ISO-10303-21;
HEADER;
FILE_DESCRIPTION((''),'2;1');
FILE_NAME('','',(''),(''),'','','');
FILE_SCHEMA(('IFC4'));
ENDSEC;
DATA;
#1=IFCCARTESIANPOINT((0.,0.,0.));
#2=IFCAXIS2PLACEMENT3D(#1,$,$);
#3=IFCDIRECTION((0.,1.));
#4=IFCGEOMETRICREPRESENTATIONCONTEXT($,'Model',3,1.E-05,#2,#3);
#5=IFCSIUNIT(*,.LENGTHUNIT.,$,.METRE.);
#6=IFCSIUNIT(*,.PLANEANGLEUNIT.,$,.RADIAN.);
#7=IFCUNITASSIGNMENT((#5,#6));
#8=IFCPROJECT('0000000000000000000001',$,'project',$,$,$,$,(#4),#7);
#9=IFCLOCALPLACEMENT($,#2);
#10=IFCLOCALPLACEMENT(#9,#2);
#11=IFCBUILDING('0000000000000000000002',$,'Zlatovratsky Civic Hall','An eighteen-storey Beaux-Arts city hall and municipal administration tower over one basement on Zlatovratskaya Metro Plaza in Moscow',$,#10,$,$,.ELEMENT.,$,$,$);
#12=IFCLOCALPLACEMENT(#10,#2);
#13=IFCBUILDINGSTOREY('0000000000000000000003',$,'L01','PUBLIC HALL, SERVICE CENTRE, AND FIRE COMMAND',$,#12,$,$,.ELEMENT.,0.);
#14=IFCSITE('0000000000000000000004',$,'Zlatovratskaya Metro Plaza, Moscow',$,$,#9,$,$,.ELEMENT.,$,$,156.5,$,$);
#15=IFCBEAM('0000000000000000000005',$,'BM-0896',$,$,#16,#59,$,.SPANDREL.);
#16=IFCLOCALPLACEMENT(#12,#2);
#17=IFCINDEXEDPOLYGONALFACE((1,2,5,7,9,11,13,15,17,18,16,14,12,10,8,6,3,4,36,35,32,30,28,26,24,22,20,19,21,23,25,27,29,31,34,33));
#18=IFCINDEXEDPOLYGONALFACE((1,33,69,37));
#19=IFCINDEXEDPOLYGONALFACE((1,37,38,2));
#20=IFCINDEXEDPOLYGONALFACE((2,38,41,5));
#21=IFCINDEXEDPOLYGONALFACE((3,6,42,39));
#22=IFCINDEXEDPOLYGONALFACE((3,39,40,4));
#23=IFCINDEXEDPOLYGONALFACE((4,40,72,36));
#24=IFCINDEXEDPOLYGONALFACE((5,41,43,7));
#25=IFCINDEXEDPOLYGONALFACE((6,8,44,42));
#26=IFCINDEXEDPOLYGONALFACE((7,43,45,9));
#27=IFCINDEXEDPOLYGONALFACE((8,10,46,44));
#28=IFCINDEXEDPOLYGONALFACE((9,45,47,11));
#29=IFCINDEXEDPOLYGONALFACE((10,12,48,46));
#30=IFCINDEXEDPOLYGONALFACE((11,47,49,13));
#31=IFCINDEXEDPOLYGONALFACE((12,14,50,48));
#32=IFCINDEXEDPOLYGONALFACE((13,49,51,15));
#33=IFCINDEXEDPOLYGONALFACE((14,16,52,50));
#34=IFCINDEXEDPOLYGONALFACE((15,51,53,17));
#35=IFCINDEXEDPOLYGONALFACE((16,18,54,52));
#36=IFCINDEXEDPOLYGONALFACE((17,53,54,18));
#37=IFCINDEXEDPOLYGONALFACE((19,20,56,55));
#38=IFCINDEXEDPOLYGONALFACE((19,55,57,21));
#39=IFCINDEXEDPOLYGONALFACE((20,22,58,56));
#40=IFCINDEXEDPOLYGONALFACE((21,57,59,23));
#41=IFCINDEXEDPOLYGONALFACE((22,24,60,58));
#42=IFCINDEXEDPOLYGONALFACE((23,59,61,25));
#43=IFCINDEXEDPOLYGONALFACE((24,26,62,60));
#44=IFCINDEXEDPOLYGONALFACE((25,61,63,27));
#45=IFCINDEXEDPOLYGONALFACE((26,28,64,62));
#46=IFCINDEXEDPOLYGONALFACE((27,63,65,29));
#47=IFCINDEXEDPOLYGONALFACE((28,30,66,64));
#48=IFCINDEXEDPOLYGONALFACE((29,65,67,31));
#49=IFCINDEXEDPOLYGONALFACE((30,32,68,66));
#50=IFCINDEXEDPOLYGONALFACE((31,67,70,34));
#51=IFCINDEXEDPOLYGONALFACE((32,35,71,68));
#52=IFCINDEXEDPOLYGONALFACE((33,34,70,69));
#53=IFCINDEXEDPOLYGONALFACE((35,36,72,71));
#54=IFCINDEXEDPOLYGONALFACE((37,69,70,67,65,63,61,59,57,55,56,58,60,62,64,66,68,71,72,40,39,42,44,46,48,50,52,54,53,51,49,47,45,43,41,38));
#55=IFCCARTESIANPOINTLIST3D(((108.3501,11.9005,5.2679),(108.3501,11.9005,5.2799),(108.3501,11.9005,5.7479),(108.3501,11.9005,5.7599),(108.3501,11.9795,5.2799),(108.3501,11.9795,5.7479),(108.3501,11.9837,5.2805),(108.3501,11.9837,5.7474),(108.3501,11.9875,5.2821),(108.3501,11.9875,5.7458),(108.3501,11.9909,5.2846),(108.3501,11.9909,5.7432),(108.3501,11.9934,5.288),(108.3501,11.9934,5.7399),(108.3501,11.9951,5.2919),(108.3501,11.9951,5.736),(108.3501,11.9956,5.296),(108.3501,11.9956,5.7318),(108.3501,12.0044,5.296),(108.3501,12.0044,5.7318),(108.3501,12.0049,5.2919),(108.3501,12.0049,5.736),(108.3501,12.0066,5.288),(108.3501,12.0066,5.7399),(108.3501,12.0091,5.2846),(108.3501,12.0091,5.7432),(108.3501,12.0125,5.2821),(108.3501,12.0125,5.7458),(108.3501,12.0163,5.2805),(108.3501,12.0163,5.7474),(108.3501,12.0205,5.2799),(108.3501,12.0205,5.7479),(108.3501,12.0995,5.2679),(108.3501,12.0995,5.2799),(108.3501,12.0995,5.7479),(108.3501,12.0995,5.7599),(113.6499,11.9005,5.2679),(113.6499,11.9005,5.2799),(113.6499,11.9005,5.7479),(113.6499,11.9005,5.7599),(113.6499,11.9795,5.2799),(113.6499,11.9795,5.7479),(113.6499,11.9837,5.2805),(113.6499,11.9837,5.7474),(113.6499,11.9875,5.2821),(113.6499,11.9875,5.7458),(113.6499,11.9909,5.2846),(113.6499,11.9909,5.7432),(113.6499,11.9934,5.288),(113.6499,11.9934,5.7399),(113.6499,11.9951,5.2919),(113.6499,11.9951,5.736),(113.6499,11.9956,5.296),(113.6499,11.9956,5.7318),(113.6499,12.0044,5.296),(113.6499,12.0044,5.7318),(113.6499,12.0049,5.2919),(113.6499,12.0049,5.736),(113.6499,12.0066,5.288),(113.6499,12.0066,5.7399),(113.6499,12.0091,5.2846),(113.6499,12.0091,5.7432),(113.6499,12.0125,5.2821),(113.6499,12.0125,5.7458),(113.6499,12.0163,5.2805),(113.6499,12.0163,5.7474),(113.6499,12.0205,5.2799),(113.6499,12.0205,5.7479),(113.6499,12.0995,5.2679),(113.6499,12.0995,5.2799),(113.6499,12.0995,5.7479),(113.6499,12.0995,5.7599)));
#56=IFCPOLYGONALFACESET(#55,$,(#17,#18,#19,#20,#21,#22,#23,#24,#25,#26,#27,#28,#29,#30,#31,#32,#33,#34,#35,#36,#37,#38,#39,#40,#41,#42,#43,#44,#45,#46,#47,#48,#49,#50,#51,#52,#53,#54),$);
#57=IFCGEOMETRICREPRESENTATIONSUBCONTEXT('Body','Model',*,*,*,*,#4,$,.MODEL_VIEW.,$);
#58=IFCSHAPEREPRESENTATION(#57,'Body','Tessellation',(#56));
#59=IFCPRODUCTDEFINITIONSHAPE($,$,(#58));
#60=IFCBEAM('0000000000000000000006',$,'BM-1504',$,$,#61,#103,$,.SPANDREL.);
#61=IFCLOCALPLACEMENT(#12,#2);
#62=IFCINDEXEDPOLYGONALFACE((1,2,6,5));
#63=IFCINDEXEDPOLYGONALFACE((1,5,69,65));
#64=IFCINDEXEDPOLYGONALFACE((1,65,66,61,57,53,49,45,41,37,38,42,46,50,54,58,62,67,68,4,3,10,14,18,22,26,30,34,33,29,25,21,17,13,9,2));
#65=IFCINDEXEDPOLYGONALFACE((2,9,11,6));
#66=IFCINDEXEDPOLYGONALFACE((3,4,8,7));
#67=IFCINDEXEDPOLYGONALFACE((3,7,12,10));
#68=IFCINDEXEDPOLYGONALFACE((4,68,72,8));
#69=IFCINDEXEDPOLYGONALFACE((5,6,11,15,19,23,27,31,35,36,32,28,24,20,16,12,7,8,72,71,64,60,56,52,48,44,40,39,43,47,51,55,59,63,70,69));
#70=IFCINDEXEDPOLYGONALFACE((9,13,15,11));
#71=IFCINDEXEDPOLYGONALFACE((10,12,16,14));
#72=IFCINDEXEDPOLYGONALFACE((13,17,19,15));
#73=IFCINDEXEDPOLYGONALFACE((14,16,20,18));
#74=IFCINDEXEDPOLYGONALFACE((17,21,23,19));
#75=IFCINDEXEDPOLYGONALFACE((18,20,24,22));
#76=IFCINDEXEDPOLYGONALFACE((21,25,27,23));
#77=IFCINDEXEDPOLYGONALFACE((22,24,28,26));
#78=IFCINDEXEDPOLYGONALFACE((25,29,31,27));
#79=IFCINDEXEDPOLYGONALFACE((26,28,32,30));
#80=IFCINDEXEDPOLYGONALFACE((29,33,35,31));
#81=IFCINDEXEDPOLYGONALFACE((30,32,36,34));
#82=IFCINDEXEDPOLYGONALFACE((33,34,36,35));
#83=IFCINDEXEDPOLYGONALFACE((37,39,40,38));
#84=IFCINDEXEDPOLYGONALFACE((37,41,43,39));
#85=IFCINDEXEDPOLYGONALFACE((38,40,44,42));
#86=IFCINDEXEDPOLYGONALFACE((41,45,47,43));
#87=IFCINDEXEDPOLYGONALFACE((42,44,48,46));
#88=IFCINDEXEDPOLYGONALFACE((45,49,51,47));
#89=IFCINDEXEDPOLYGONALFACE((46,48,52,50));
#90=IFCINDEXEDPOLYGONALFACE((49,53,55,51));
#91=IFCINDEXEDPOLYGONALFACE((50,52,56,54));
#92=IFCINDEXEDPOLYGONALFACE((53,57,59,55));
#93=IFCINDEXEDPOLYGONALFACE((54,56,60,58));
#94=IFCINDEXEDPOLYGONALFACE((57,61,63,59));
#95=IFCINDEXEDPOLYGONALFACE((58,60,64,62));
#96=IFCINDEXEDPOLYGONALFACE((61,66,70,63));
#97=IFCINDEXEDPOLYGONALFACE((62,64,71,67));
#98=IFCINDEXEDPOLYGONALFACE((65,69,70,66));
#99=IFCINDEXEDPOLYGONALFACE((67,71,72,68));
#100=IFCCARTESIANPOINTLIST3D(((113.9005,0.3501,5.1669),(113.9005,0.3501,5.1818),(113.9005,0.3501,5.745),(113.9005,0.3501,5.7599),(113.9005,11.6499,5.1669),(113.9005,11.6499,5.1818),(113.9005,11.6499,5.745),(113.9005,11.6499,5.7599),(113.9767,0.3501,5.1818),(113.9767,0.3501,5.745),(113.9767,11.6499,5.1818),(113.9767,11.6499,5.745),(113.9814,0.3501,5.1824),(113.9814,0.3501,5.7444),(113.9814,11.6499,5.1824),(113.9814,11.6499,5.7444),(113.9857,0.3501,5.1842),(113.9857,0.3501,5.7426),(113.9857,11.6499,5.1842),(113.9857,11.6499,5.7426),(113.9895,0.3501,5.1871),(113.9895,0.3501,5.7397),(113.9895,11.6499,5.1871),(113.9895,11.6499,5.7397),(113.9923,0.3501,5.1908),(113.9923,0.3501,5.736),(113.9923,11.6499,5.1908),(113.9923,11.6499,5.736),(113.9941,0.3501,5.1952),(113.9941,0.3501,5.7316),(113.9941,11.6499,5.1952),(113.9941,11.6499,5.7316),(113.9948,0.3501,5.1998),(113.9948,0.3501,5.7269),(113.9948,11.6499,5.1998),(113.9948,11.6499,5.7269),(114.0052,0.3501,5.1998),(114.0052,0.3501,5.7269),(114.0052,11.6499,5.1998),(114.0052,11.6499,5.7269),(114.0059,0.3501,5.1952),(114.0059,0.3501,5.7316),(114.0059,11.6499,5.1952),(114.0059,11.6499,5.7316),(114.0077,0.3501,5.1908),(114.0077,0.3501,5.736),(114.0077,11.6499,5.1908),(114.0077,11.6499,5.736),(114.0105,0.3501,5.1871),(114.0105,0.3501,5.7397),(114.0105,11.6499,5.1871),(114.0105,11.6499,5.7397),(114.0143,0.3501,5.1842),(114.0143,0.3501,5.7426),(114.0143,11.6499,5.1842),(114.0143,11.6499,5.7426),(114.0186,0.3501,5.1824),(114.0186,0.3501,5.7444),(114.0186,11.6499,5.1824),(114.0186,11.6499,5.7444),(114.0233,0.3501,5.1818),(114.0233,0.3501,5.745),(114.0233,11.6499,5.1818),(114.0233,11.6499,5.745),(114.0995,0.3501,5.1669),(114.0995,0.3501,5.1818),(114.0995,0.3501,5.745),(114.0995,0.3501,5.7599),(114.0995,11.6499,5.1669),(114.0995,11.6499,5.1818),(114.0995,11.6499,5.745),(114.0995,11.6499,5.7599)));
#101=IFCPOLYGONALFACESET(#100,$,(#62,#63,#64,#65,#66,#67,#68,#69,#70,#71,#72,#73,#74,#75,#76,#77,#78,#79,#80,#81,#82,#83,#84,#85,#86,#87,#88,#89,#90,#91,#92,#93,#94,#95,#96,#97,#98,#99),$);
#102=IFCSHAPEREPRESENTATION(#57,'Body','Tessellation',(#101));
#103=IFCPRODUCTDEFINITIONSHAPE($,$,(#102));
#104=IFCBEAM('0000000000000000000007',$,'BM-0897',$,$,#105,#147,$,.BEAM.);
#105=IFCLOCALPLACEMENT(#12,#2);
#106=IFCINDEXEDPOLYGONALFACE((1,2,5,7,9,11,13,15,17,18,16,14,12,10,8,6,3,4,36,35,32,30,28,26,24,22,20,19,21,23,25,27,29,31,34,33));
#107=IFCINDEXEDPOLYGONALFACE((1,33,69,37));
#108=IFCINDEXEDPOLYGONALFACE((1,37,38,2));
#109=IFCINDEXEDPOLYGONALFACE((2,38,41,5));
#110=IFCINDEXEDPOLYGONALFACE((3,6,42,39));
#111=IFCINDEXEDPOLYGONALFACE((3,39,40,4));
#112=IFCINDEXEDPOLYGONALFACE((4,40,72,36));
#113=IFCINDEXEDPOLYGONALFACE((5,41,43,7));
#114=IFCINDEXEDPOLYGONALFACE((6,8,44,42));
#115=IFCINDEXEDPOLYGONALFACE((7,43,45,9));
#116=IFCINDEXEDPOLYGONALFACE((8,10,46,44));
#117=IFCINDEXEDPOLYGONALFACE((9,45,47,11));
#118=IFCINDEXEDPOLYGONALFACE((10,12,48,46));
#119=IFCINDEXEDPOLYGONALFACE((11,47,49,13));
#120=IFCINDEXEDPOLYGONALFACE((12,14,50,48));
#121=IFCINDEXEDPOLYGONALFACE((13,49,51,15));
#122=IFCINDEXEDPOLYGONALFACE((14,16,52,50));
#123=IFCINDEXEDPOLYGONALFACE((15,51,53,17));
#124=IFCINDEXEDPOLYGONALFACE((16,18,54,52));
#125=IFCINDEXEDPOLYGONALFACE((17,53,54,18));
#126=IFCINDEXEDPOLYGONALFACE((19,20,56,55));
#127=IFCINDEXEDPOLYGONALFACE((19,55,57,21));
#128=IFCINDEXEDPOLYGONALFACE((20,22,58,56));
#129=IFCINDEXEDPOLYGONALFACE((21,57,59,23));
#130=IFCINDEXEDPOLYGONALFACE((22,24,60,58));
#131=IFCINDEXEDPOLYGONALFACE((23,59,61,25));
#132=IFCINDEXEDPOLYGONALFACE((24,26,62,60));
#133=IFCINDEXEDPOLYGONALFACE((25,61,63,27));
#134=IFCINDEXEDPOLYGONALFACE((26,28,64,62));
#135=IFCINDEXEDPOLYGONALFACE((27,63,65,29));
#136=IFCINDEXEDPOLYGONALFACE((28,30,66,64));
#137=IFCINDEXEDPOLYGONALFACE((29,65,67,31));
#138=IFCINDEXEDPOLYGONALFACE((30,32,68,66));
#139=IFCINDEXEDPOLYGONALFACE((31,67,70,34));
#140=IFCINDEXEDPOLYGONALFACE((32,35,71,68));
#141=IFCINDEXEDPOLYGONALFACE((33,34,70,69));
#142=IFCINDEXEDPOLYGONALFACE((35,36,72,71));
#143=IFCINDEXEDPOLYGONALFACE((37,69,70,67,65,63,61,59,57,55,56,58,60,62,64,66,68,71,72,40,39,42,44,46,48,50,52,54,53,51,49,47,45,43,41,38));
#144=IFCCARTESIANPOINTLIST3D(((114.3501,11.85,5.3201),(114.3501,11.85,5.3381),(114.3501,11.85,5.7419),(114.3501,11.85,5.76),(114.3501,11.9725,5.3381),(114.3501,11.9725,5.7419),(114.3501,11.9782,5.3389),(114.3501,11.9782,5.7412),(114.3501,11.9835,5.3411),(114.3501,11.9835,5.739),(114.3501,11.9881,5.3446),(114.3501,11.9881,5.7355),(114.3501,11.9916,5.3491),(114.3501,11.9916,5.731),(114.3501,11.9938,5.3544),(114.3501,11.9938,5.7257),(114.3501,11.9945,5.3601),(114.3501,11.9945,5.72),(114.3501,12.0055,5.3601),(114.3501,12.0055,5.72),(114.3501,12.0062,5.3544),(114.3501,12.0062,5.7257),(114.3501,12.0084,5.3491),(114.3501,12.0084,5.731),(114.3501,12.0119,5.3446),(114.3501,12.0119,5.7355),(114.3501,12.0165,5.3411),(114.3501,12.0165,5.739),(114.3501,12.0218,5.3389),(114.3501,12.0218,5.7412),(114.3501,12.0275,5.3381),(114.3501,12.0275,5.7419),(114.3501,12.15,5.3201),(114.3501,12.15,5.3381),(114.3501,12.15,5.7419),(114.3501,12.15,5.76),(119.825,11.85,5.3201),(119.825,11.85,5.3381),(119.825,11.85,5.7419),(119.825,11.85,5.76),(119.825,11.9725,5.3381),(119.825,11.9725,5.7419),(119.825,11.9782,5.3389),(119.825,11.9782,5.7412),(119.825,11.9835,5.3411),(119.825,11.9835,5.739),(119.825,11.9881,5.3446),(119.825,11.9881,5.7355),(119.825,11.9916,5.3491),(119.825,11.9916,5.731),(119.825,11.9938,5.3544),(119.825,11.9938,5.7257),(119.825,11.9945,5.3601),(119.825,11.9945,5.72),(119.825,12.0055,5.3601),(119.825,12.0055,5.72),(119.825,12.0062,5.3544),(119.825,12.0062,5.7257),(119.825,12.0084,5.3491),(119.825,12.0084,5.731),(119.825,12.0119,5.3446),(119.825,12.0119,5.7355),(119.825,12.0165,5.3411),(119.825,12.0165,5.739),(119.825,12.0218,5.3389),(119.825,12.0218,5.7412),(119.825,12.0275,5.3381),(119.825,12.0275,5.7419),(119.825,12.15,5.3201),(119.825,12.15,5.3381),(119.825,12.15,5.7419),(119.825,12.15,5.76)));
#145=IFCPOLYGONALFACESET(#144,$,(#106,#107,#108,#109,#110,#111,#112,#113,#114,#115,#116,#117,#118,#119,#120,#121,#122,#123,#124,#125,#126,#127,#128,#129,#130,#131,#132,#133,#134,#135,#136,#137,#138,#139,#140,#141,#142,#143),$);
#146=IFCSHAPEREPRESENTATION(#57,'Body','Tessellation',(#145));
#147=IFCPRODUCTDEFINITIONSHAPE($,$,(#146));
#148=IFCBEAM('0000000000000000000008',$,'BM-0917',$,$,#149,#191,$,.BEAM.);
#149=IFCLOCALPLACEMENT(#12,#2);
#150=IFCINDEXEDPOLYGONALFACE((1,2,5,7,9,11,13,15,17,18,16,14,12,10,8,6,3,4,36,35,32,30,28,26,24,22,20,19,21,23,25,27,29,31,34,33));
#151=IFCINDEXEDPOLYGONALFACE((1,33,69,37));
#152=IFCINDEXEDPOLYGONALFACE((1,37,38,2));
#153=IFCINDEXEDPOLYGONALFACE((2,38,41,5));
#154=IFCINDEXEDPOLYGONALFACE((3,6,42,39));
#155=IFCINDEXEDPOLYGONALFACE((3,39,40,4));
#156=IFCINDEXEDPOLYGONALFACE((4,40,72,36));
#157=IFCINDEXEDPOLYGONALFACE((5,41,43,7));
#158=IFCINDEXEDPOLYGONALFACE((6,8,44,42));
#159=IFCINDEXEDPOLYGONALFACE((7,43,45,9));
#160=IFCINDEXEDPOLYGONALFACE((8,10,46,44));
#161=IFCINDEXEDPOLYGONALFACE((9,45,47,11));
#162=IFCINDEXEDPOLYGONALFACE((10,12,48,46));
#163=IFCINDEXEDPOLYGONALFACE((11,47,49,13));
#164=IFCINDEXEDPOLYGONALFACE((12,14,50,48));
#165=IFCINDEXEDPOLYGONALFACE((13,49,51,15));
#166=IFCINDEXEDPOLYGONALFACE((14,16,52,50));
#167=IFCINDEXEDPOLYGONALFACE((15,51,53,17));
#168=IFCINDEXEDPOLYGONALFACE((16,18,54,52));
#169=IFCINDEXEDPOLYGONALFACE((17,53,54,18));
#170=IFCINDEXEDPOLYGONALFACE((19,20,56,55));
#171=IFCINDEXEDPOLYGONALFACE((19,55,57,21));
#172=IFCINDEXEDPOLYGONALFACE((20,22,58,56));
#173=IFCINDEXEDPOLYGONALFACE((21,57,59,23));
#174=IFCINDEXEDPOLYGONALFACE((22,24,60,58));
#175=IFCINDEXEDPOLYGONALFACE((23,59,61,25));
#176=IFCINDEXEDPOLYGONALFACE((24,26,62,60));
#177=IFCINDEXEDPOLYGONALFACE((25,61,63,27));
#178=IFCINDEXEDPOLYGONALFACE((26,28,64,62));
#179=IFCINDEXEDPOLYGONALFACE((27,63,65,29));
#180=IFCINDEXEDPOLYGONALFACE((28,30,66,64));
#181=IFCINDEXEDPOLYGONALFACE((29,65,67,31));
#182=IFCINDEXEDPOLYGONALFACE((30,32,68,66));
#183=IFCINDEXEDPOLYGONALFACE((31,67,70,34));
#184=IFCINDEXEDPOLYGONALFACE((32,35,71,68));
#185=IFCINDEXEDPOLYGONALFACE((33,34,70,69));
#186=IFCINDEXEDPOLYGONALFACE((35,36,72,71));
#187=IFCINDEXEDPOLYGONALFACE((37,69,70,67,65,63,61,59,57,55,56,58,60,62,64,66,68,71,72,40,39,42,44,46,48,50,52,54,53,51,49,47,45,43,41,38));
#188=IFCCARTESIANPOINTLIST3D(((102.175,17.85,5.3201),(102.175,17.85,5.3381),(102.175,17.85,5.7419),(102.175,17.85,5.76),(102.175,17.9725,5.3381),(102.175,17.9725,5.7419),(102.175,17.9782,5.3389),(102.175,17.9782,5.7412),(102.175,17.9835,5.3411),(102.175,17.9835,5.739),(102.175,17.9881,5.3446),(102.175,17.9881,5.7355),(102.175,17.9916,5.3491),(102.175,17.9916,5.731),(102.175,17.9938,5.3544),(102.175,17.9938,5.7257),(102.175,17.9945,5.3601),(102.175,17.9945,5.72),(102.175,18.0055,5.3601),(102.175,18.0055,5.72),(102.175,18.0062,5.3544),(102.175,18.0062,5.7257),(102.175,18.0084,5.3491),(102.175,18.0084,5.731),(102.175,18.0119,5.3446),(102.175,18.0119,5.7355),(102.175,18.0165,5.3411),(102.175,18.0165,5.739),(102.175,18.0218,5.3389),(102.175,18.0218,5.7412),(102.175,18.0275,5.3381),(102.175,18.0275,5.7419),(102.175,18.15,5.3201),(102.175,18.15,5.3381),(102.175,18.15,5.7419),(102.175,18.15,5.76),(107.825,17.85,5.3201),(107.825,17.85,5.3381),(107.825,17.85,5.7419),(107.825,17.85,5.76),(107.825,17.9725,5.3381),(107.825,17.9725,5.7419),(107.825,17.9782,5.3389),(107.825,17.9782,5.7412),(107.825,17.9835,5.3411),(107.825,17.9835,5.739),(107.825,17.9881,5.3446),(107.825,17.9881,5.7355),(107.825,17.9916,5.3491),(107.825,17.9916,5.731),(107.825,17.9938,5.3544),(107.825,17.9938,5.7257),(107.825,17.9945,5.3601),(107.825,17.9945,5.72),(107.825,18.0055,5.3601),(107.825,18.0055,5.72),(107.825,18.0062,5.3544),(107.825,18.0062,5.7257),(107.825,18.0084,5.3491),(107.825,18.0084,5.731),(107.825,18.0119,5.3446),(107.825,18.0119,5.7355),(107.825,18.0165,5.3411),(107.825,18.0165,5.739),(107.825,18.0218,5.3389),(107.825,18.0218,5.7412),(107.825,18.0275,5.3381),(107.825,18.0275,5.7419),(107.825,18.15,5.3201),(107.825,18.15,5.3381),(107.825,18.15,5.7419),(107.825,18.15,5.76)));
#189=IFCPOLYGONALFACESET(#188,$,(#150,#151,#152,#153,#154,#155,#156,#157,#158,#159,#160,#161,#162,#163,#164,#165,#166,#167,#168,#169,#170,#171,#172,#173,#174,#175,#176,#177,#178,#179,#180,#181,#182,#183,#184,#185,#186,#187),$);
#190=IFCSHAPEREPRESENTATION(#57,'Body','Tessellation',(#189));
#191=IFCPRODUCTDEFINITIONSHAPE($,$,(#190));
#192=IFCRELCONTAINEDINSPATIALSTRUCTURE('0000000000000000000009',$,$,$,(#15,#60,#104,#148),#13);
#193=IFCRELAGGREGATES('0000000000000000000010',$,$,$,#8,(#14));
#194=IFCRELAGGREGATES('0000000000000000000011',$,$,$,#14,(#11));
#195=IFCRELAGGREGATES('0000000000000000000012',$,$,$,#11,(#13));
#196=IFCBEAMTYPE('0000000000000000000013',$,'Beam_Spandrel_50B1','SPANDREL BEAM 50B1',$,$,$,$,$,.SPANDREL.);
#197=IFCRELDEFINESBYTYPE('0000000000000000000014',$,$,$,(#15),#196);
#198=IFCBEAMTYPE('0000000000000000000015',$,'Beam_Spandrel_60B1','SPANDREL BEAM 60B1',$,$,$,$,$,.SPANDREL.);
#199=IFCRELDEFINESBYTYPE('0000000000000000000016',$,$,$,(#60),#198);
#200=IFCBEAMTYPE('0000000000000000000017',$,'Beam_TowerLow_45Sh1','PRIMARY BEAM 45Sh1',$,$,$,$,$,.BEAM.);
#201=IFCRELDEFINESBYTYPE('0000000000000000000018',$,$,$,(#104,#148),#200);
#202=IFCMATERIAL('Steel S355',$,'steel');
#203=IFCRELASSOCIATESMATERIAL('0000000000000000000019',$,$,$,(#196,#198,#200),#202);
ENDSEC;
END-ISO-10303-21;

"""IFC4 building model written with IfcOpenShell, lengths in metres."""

from ifc_helpers import new_model, si_unit, direction, frame, origin, origin_2d, place, context, subcontext, project, spatial, i_section, extrude, material, material_profile, profile_set, type_object, element, save


model = new_model("IFC4")

# Units and contexts
model_context = context("Model", 3, precision=1e-05, world=origin(), true_north=direction((0.0, 1.0)))
body_context = subcontext(model_context, "Body", "Model", "MODEL_VIEW")
ifc_project = project(units=[si_unit("LENGTHUNIT", "METRE"), si_unit("PLANEANGLEUNIT", "RADIAN")], contexts=[model_context])

# Site, building, storey
site_placement = place(None, origin())
site = spatial("IfcSite", under=ifc_project, at=site_placement, Name="Zlatovratskaya Metro Plaza, Moscow", CompositionType="ELEMENT", RefElevation=156.5)
building_placement = place(site_placement, origin())
building = spatial("IfcBuilding", under=site, at=building_placement, Name="Zlatovratsky Civic Hall", Description="An eighteen-storey Beaux-Arts city hall and municipal administration tower over one basement on Zlatovratskaya Metro Plaza in Moscow", CompositionType="ELEMENT")
storey_placement = place(building_placement, origin())
storey = spatial("IfcBuildingStorey", under=building, at=storey_placement, Name="L01", Description="PUBLIC HALL, SERVICE CENTRE, AND FIRE COMMAND", CompositionType="ELEMENT", Elevation=0.0)

# Shared definitions
ifc_material_1 = material(Name="Steel S355", Category="steel")

# Beams
ifc_material_profile_1 = material_profile(ifc_material_1, i_section(OverallWidth=0.199, OverallDepth=0.4919, WebThickness=0.0088, FlangeThickness=0.012, FilletRadius=0.0161, at=origin_2d()), Name="50B1")
ifc_profile_set_1 = profile_set([ifc_material_profile_1], Name="Steel S355")
beam_type_1 = type_object("IfcBeamType", Name="Beam_Spandrel_50B1", Description="SPANDREL BEAM 50B1", PredefinedType="SPANDREL", material=ifc_profile_set_1)
beam_1_placement = place(storey_placement, frame((108.3501, 12.0, 5.5139), z_axis=(1.0, 0.0, 0.0), x_axis=(0.0, 1.0, 0.0)))
element("IfcBeam", 1, at=beam_1_placement, inside=storey, type_object=beam_type_1, Name="BM-0896", PredefinedType="SPANDREL", context=body_context, shape_type="SweptSolid", body=[
    extrude(i_section(OverallWidth=0.199, OverallDepth=0.4919, WebThickness=0.0088, FlangeThickness=0.012, FilletRadius=0.0161, at=origin_2d()), origin(), (0.0, 0.0, 1.0), 5.2998),
])
ifc_material_profile_2 = material_profile(ifc_material_1, i_section(OverallWidth=0.199, OverallDepth=0.593, WebThickness=0.0105, FlangeThickness=0.0149, FilletRadius=0.0181, at=origin_2d()), Name="60B1")
ifc_profile_set_2 = profile_set([ifc_material_profile_2], Name="Steel S355")
beam_type_2 = type_object("IfcBeamType", Name="Beam_Spandrel_60B1", Description="SPANDREL BEAM 60B1", PredefinedType="SPANDREL", material=ifc_profile_set_2)
beam_2_placement = place(storey_placement, frame((114.0, 0.3501, 5.4634), z_axis=(0.0, 1.0, 0.0), x_axis=(-1.0, 0.0, 0.0)))
element("IfcBeam", 2, at=beam_2_placement, inside=storey, type_object=beam_type_2, Name="BM-1504", PredefinedType="SPANDREL", context=body_context, shape_type="SweptSolid", body=[
    extrude(i_section(OverallWidth=0.199, OverallDepth=0.593, WebThickness=0.0105, FlangeThickness=0.0149, FilletRadius=0.0181, at=origin_2d()), origin(), (0.0, 0.0, 1.0), 11.2998),
])
ifc_material_profile_3 = material_profile(ifc_material_1, i_section(OverallWidth=0.3, OverallDepth=0.4399, WebThickness=0.011, FlangeThickness=0.0181, FilletRadius=0.022, at=origin_2d()), Name="45Sh1")
ifc_profile_set_3 = profile_set([ifc_material_profile_3], Name="Steel S355")
beam_type_3 = type_object("IfcBeamType", Name="Beam_TowerLow_45Sh1", Description="PRIMARY BEAM 45Sh1", PredefinedType="BEAM", material=ifc_profile_set_3)
beam_3_placement = place(storey_placement, frame((114.3501, 12.0, 5.54), z_axis=(1.0, 0.0, 0.0), x_axis=(0.0, 1.0, 0.0)))
element("IfcBeam", 3, at=beam_3_placement, inside=storey, type_object=beam_type_3, Name="BM-0897", PredefinedType="BEAM", context=body_context, shape_type="SweptSolid", body=[
    extrude(i_section(OverallWidth=0.3, OverallDepth=0.4399, WebThickness=0.011, FlangeThickness=0.0181, FilletRadius=0.022, at=origin_2d()), origin(), (0.0, 0.0, 1.0), 5.4749),
])
for number, where, z_axis, x_axis, name in (
    (4, (102.175, 18.0, 5.54), (1.0, 0.0, 0.0), (0.0, 1.0, 0.0), "BM-0917"),
):
    element("IfcBeam", number, at=place(storey_placement, frame(where, z_axis=z_axis, x_axis=x_axis)), inside=storey, type_object=beam_type_3, Name=name, PredefinedType="BEAM", context=body_context, shape_type="SweptSolid", body=[
        extrude(i_section(OverallWidth=0.3, OverallDepth=0.4399, WebThickness=0.011, FlangeThickness=0.0181, FilletRadius=0.022, at=origin_2d()), origin(), (0.0, 0.0, 1.0), 5.6499),
    ])

save(model, "model.ifc")
